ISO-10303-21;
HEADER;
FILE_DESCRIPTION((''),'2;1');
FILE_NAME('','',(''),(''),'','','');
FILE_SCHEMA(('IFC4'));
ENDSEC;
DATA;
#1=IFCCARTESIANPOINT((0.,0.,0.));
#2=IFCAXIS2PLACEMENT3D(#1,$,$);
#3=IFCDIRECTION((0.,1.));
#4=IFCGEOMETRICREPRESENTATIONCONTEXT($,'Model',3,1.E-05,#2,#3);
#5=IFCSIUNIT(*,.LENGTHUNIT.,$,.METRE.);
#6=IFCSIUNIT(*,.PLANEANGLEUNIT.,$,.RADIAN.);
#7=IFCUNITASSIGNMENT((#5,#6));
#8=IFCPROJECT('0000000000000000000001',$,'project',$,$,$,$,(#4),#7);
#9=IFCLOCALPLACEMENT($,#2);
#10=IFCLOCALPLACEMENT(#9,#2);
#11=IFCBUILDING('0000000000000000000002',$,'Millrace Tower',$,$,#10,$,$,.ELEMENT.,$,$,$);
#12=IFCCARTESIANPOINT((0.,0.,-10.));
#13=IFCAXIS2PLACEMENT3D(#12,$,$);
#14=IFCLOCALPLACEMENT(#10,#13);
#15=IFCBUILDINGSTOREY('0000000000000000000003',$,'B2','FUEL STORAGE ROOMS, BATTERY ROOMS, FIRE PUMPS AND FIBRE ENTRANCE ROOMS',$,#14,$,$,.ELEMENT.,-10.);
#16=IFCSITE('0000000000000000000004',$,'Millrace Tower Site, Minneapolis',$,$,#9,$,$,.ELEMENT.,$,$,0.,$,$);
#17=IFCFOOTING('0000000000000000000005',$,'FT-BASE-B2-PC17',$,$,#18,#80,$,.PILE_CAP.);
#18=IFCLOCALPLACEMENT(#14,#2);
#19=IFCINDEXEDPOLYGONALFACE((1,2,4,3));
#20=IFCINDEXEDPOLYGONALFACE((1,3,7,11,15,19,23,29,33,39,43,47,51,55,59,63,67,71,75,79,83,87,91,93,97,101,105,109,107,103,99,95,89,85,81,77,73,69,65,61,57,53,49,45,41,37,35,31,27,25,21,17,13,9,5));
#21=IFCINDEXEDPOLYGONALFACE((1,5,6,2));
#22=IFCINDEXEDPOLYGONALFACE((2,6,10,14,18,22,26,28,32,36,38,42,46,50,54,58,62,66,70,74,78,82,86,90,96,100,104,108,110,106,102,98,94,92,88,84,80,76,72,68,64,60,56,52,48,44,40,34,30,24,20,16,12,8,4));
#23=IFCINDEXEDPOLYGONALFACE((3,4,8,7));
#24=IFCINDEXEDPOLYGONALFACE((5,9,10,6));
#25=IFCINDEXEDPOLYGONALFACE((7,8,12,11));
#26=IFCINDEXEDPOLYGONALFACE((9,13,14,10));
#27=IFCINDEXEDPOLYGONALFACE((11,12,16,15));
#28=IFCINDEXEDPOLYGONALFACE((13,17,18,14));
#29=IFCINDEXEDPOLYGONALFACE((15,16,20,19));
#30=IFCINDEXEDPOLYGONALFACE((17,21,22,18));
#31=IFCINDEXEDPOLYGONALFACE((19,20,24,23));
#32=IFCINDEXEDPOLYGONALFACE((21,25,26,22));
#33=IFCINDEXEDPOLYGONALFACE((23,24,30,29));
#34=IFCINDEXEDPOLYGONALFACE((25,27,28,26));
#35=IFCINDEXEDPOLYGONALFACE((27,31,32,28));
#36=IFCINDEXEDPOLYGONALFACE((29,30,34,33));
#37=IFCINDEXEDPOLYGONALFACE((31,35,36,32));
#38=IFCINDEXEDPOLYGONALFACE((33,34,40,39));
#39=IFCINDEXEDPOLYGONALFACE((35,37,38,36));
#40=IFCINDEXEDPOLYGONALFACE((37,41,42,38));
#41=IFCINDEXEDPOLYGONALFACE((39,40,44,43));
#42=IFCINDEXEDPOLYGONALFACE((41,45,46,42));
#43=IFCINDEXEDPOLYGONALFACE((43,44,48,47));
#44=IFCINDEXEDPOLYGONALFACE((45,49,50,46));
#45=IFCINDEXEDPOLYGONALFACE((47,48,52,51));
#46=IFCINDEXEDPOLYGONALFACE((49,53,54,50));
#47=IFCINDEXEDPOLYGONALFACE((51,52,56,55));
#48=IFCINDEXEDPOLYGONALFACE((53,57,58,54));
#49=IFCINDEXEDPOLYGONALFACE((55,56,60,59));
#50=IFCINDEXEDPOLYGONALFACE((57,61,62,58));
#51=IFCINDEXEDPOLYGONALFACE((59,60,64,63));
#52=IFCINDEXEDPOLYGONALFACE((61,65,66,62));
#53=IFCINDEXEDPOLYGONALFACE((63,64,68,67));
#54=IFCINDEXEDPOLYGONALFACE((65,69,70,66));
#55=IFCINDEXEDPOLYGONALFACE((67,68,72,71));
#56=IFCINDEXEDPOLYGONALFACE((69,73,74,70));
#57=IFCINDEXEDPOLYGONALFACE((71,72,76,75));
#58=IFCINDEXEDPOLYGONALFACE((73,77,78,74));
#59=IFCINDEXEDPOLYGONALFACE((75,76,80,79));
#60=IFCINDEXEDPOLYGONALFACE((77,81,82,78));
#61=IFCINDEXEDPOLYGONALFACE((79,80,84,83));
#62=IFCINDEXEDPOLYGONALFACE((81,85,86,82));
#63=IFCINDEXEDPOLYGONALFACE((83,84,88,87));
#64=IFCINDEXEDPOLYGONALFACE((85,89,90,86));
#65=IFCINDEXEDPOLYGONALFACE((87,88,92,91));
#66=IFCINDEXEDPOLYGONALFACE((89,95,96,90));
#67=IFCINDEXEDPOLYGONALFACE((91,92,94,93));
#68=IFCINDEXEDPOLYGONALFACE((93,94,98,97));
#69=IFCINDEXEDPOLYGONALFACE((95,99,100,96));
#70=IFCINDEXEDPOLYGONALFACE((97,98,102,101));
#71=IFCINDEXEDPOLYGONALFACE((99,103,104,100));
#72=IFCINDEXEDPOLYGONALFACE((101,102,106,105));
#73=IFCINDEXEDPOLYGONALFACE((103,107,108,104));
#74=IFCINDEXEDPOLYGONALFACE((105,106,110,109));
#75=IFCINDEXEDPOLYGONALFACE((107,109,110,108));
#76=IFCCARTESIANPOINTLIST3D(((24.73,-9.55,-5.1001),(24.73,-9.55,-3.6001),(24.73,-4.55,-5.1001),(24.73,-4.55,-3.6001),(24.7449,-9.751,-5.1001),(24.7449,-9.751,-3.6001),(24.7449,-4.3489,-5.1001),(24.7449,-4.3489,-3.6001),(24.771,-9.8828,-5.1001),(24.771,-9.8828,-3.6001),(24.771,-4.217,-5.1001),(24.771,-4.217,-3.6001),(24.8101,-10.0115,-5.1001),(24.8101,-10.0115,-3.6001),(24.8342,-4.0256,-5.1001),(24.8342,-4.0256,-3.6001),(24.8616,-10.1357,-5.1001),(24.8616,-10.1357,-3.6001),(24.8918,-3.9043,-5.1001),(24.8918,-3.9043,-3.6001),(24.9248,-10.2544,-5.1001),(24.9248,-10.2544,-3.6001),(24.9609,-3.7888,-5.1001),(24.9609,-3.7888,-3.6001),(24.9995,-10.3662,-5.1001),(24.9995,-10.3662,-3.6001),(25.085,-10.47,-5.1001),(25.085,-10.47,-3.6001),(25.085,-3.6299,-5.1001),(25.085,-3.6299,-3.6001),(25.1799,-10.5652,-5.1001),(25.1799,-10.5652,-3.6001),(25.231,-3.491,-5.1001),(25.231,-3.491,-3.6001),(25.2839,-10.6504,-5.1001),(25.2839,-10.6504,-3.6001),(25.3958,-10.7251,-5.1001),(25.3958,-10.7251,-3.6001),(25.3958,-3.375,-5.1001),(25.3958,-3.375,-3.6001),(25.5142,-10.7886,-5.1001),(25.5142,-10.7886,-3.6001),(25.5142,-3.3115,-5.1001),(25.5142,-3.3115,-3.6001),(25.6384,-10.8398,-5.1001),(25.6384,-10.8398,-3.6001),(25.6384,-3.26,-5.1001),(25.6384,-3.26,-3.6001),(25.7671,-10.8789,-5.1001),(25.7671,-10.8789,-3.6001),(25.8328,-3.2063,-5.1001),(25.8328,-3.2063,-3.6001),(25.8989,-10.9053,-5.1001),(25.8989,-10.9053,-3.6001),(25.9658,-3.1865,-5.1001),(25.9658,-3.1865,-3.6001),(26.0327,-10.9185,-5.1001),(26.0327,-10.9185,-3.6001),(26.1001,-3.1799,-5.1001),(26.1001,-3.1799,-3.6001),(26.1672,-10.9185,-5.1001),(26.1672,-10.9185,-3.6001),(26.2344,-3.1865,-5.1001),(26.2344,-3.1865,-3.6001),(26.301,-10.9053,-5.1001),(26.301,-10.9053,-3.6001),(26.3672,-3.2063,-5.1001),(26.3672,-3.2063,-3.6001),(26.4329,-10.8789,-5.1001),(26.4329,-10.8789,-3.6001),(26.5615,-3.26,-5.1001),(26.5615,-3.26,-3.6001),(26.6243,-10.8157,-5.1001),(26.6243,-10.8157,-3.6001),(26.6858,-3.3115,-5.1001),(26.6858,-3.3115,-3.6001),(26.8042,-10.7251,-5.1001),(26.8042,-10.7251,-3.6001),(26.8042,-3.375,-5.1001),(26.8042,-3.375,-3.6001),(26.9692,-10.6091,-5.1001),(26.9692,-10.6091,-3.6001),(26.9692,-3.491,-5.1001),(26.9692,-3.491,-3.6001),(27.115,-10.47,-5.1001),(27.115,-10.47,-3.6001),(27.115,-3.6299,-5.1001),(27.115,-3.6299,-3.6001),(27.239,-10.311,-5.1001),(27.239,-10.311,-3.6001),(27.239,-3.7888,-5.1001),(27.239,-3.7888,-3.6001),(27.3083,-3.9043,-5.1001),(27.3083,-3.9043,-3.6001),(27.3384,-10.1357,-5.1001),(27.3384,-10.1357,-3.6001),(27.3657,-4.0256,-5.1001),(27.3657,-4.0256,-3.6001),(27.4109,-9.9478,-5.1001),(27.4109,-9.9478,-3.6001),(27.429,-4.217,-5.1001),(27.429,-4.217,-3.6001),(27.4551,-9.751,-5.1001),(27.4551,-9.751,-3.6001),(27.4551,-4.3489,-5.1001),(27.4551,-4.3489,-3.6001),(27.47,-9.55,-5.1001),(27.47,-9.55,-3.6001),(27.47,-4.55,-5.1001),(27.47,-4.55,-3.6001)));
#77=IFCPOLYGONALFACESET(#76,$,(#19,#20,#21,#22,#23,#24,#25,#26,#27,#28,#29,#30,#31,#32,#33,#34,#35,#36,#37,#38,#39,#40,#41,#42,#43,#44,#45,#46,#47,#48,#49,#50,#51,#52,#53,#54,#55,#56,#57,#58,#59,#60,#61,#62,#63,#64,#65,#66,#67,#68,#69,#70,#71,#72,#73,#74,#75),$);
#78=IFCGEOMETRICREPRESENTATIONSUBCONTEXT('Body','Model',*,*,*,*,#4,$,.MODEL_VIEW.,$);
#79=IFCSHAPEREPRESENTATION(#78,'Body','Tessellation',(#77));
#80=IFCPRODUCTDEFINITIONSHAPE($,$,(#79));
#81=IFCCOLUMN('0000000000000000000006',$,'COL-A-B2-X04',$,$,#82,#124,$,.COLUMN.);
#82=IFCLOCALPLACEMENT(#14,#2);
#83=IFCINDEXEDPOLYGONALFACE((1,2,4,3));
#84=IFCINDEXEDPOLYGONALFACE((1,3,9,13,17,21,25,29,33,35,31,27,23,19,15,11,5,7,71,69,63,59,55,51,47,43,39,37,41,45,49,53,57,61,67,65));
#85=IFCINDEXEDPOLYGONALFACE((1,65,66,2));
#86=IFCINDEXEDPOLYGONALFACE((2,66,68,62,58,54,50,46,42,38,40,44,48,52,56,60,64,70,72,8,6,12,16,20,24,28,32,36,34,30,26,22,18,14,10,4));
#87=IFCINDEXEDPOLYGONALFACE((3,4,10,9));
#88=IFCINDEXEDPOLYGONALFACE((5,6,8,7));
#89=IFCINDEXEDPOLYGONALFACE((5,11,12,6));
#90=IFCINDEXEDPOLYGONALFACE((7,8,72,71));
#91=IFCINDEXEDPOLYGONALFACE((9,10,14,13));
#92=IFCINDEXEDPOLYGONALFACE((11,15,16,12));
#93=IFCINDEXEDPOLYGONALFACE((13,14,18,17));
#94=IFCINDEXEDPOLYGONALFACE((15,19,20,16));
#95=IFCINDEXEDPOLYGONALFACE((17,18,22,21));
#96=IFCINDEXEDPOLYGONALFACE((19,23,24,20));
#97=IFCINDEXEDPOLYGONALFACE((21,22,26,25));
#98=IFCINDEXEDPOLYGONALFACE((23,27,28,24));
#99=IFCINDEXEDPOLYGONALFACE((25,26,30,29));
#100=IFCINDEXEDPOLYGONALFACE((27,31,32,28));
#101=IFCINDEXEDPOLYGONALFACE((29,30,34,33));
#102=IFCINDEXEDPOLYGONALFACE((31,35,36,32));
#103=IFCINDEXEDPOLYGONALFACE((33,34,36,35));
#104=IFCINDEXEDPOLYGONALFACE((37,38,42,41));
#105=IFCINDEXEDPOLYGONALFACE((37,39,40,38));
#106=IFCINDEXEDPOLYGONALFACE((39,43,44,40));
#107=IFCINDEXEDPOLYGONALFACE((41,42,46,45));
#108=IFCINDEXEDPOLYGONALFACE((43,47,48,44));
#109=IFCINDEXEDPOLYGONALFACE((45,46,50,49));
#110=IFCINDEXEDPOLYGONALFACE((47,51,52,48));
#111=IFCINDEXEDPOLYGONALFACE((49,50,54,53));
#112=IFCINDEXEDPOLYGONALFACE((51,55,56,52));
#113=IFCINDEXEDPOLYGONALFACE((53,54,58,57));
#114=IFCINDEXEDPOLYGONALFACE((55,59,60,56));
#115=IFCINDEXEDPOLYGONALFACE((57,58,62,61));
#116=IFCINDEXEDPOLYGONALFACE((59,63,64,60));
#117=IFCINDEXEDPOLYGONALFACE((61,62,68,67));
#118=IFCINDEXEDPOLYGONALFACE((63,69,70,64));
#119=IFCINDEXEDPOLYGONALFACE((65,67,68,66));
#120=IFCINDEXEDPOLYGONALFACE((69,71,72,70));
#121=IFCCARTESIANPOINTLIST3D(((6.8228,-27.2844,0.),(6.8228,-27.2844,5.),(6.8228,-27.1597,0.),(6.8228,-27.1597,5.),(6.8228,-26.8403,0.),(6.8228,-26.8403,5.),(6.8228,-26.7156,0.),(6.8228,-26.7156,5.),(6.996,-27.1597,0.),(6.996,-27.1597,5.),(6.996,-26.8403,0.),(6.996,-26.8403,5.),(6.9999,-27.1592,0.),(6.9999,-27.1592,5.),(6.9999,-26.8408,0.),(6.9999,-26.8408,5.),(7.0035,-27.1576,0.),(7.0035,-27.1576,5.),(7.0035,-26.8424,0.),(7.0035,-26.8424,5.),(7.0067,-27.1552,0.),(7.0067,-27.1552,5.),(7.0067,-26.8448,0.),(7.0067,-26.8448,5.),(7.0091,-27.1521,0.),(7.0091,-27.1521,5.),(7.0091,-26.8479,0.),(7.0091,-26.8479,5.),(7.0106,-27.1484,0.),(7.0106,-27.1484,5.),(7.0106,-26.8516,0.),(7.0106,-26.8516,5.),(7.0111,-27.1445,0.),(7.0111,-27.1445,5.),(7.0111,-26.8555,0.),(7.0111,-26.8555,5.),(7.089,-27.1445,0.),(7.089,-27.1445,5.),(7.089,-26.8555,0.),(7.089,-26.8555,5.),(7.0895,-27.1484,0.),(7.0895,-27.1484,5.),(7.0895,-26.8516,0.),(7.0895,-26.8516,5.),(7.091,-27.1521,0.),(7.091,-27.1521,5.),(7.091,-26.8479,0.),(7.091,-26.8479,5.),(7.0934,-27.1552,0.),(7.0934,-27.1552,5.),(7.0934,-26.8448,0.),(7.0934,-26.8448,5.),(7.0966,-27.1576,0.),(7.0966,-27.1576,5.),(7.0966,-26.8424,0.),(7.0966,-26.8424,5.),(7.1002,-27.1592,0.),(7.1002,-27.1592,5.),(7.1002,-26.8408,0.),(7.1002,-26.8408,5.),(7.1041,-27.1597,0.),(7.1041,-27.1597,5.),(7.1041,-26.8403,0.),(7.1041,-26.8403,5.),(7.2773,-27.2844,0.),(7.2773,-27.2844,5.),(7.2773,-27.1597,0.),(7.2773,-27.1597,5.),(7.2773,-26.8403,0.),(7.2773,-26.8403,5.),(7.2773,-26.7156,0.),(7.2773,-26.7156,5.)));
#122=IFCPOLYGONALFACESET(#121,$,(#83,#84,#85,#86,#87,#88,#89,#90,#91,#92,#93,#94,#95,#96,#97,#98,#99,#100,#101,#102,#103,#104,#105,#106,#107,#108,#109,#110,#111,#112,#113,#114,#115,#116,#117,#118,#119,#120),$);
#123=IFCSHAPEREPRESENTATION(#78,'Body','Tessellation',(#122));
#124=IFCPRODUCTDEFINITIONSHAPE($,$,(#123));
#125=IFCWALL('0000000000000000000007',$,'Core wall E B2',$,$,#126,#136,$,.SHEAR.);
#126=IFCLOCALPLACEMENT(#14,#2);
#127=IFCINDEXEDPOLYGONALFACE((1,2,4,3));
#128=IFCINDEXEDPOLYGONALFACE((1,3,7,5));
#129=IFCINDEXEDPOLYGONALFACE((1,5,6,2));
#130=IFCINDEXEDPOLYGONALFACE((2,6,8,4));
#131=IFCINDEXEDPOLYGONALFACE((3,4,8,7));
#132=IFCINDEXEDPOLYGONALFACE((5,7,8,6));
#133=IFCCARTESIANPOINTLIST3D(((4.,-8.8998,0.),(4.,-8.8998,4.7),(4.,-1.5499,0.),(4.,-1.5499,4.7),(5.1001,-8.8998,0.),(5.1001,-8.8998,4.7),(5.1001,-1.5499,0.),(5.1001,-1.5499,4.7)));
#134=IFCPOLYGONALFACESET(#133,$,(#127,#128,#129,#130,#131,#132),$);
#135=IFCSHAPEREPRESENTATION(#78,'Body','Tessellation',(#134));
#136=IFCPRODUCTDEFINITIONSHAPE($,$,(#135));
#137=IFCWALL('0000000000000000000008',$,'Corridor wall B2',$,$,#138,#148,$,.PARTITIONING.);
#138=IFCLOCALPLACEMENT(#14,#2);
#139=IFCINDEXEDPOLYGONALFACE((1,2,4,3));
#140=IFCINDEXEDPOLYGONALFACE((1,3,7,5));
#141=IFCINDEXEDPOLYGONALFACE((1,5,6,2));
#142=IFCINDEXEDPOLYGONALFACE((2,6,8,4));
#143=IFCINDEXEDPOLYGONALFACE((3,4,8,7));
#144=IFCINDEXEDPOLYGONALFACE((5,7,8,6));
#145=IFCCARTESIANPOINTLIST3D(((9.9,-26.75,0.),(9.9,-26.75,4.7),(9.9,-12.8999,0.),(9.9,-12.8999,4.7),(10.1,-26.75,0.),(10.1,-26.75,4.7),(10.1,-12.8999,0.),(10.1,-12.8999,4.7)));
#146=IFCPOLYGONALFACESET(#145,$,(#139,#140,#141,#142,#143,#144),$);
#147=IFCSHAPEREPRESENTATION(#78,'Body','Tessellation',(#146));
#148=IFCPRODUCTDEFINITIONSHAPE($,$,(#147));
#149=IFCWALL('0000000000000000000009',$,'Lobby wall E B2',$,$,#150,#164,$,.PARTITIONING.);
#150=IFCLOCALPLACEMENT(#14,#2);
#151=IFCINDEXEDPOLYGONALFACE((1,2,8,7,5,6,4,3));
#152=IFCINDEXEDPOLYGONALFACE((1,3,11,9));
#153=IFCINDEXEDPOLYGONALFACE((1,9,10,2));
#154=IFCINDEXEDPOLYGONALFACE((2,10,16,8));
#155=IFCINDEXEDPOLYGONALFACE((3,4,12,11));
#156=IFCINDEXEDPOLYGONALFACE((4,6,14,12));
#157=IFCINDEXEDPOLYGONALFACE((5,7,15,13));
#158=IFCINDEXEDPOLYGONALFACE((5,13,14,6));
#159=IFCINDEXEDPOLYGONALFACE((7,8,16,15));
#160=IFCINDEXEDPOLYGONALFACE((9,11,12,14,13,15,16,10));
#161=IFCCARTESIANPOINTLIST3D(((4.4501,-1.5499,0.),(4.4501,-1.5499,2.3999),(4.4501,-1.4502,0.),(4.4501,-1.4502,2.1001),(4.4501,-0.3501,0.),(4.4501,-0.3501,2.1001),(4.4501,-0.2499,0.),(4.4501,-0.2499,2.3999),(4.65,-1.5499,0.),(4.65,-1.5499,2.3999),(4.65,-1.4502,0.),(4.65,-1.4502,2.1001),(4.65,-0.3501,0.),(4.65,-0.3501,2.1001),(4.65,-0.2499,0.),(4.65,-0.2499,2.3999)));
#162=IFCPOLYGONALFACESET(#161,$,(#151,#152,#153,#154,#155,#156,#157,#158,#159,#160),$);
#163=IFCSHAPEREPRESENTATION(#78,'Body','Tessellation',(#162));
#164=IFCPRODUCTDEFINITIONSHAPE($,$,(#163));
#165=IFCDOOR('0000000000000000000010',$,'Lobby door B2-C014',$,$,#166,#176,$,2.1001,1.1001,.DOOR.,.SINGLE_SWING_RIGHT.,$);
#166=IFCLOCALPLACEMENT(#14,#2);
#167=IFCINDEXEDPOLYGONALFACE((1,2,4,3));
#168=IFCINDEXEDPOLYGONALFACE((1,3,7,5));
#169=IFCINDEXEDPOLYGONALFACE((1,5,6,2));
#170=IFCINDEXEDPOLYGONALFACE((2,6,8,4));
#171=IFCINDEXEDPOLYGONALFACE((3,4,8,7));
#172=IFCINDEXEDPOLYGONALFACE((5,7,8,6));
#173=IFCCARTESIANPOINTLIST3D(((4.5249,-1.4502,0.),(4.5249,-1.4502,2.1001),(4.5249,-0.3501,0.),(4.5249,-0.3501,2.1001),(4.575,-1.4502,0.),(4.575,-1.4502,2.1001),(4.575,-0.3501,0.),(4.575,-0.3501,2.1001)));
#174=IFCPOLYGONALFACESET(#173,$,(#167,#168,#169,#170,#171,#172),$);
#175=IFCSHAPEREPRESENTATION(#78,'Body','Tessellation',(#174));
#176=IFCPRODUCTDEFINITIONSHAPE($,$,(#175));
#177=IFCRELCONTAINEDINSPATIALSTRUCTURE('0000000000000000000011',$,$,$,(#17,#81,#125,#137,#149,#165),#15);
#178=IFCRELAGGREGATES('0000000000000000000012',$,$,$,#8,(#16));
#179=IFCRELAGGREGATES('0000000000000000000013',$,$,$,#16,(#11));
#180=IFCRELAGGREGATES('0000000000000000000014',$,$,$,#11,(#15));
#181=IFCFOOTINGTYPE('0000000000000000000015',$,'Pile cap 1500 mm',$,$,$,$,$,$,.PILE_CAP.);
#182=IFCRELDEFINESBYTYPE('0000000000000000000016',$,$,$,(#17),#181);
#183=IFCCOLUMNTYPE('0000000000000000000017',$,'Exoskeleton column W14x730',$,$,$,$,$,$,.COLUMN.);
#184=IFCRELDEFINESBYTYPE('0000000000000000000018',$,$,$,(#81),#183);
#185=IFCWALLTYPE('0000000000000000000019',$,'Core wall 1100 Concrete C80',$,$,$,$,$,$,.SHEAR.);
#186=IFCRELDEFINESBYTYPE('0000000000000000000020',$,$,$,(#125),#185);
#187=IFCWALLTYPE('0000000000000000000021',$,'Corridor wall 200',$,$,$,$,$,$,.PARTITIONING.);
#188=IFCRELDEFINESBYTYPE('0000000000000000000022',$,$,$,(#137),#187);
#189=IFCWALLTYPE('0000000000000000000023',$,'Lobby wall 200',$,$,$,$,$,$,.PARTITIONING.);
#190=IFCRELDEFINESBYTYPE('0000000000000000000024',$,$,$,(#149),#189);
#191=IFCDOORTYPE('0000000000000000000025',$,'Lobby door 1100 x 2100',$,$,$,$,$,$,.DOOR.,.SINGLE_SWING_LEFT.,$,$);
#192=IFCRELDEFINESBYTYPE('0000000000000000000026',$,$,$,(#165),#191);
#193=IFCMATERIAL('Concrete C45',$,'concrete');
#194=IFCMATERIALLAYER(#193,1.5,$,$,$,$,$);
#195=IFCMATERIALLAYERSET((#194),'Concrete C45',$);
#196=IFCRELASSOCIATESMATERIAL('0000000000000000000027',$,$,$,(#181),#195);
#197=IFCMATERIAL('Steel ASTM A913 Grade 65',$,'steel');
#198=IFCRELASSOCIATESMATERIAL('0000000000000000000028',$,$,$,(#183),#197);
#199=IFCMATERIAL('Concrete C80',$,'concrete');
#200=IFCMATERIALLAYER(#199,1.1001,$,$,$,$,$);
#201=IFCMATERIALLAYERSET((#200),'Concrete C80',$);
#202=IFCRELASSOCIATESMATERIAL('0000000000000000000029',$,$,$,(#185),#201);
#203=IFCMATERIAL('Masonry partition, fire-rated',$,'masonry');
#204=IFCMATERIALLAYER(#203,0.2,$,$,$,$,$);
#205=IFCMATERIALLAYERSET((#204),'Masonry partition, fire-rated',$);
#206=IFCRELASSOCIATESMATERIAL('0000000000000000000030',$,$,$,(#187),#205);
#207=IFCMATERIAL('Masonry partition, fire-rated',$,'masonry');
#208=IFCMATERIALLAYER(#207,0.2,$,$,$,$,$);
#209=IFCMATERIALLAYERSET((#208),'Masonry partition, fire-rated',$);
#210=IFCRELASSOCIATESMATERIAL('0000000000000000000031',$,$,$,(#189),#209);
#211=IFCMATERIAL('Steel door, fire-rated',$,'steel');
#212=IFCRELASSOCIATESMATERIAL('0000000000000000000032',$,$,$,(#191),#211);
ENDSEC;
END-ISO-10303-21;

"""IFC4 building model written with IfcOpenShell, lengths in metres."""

from ifc_helpers import new_model, si_unit, direction, frame, frame_2d, origin, origin_2d, place, context, subcontext, project, spatial, polyline, rectangle, i_section, outline, extrude, material, layer, layer_set, material_profile, profile_set, type_object, element, fill, save


model = new_model("IFC4")

# Units and contexts
model_context = context("Model", 3, precision=1e-05, world=origin(), true_north=direction((0.0, 1.0)))
body_context = subcontext(model_context, "Body", "Model", "MODEL_VIEW")
ifc_project = project(units=[si_unit("LENGTHUNIT", "METRE"), si_unit("PLANEANGLEUNIT", "RADIAN")], contexts=[model_context])

# Site, building, storey
site_placement = place(None, origin())
site = spatial("IfcSite", under=ifc_project, at=site_placement, Name="Millrace Tower Site, Minneapolis", CompositionType="ELEMENT", RefElevation=0.0)
building_placement = place(site_placement, origin())
building = spatial("IfcBuilding", under=site, at=building_placement, Name="Millrace Tower", CompositionType="ELEMENT")
storey_placement = place(building_placement, frame((0.0, 0.0, -10.0)))
storey = spatial("IfcBuildingStorey", under=building, at=storey_placement, Name="B2", Description="FUEL STORAGE ROOMS, BATTERY ROOMS, FIRE PUMPS AND FIBRE ENTRANCE ROOMS", CompositionType="ELEMENT", Elevation=-10.0)

# Footing
ifc_material_1 = material(Name="Concrete C45", Category="concrete")
ifc_layer_1 = layer(ifc_material_1, 1.5)
ifc_layer_set_1 = layer_set([ifc_layer_1], Name="Concrete C45")
footing_type = type_object("IfcFootingType", Name="Pile cap 1500 mm", PredefinedType="PILE_CAP", material=ifc_layer_set_1)
placement_1 = place(storey_placement, frame((0.0, 0.0, -5.1001)))
element("IfcFooting", 1, at=placement_1, inside=storey, type_object=footing_type, Name="FT-BASE-B2-PC17", PredefinedType="PILE_CAP", context=body_context, shape_type="SweptSolid", body=[
    extrude(outline(polyline([(24.771, -4.217), (24.8342, -4.0256), (24.8918, -3.9043), (24.9609, -3.7888), (25.085, -3.6299), (25.231, -3.491), (25.3958, -3.375), (25.5142, -3.3115), (25.6384, -3.26), (25.8328, -3.2063), (25.9658, -3.1865), (26.1001, -3.1799), (26.2344, -3.1865), (26.3672, -3.2063), (26.5615, -3.26), (26.6858, -3.3115), (26.8042, -3.375), (26.9692, -3.491), (27.115, -3.6299), (27.239, -3.7888), (27.3083, -3.9043), (27.3657, -4.0256), (27.429, -4.217), (27.4551, -4.3489), (27.47, -4.55), (27.47, -9.55), (27.4551, -9.751), (27.4109, -9.9478), (27.3384, -10.1357), (27.239, -10.311), (27.115, -10.47), (26.9692, -10.6091), (26.8042, -10.7251), (26.6243, -10.8157), (26.4329, -10.8789), (26.301, -10.9053), (26.1672, -10.9185), (26.0327, -10.9185), (25.8989, -10.9053), (25.7671, -10.8789), (25.6384, -10.8398), (25.5142, -10.7886), (25.3958, -10.7251), (25.2839, -10.6504), (25.1799, -10.5652), (25.085, -10.47), (24.9995, -10.3662), (24.9248, -10.2544), (24.8616, -10.1357), (24.8101, -10.0115), (24.771, -9.8828), (24.7449, -9.751), (24.73, -9.55), (24.73, -4.55), (24.7449, -4.3489), (24.771, -4.217)])), origin(), (0.0, 0.0, 1.0), 1.5),
])

# Column
ifc_material_2 = material(Name="Steel ASTM A913 Grade 65", Category="steel")
ifc_material_profile_1 = material_profile(ifc_material_2, i_section(OverallWidth=0.4546, OverallDepth=0.5688, WebThickness=0.0779, FlangeThickness=0.1248, FilletRadius=0.0151, at=origin_2d()))
ifc_profile_set_1 = profile_set([ifc_material_profile_1], Name="Steel ASTM A913 Grade 65")
column_type = type_object("IfcColumnType", Name="Exoskeleton column W14x730", PredefinedType="COLUMN", material=ifc_profile_set_1)
placement_2 = place(storey_placement, frame((7.05, -27.0, 0.0), z_axis=(0.0, 0.0, 1.0), x_axis=(1.0, 0.0, 0.0)))
element("IfcColumn", 2, at=placement_2, inside=storey, type_object=column_type, Name="COL-A-B2-X04", PredefinedType="COLUMN", context=body_context, shape_type="SweptSolid", body=[
    extrude(i_section(OverallWidth=0.4546, OverallDepth=0.5688, WebThickness=0.0779, FlangeThickness=0.1248, FilletRadius=0.0151, at=origin_2d()), origin(), (0.0, 0.0, 1.0), 5.0),
])

# Walls
ifc_material_3 = material(Name="Concrete C80", Category="concrete")
ifc_layer_2 = layer(ifc_material_3, 1.1001)
ifc_layer_set_2 = layer_set([ifc_layer_2], Name="Concrete C80")
wall_type_1 = type_object("IfcWallType", Name="Core wall 1100 Concrete C80", PredefinedType="SHEAR", material=ifc_layer_set_2)
wall_1_placement = place(storey_placement, frame((4.55, -1.55, 0.0), z_axis=(0.0, 0.0, 1.0), x_axis=(0.0, -1.0, 0.0)))
element("IfcWall", 3, at=wall_1_placement, inside=storey, type_object=wall_type_1, Name="Core wall E B2", PredefinedType="SHEAR", context=body_context, shape_type="SweptSolid", body=[
    extrude(rectangle(XDim=7.3499, YDim=1.1001, at=frame_2d((3.6748, 0.0))), origin(), (0.0, 0.0, 1.0), 4.7),
])
ifc_material_4 = material(Name="Masonry partition, fire-rated", Category="masonry")
ifc_layer_3 = layer(ifc_material_4, 0.2)
ifc_layer_set_3 = layer_set([ifc_layer_3], Name="Masonry partition, fire-rated")
wall_type_2 = type_object("IfcWallType", Name="Corridor wall 200", PredefinedType="PARTITIONING", material=ifc_layer_set_3)
wall_2_placement = place(storey_placement, frame((10.0, -26.75, 0.0), z_axis=(0.0, 0.0, 1.0), x_axis=(0.0, 1.0, 0.0)))
element("IfcWall", 4, at=wall_2_placement, inside=storey, type_object=wall_type_2, Name="Corridor wall B2", PredefinedType="PARTITIONING", context=body_context, shape_type="SweptSolid", body=[
    extrude(rectangle(XDim=13.8501, YDim=0.2, at=frame_2d((6.925, 0.0))), origin(), (0.0, 0.0, 1.0), 4.7),
])

# Wall, opening, door
ifc_material_5 = material(Name="Masonry partition, fire-rated", Category="masonry")
ifc_layer_4 = layer(ifc_material_5, 0.2)
ifc_layer_set_4 = layer_set([ifc_layer_4], Name="Masonry partition, fire-rated")
wall_type_3 = type_object("IfcWallType", Name="Lobby wall 200", PredefinedType="PARTITIONING", material=ifc_layer_set_4)
wall_3_placement = place(storey_placement, frame((4.55, -0.25, 0.0), z_axis=(0.0, 0.0, 1.0), x_axis=(0.0, -1.0, 0.0)))
wall_3 = element("IfcWall", 5, at=wall_3_placement, inside=storey, type_object=wall_type_3, Name="Lobby wall E B2", PredefinedType="PARTITIONING", context=body_context, shape_type="SweptSolid", body=[
    extrude(rectangle(XDim=1.3, YDim=0.2, at=frame_2d((0.6499, 0.0))), origin(), (0.0, 0.0, 1.0), 2.3999),
])
opening_placement = place(wall_3_placement, frame((0.1001, 0.0, 0.0)))
opening = element("IfcOpeningElement", 6, at=opening_placement, cuts=wall_3, PredefinedType="OPENING", context=body_context, shape_type="SweptSolid", body=[
    extrude(rectangle(XDim=1.1001, YDim=2.1001, at=frame_2d((0.55, 1.05))), frame((0.0, 0.1099, 0.0), z_axis=(0.0, -1.0, 0.0), x_axis=(1.0, 0.0, 0.0)), (0.0, 0.0, 1.0), 0.22),
])
ifc_material_6 = material(Name="Steel door, fire-rated", Category="steel")
door_type = type_object("IfcDoorType", Name="Lobby door 1100 x 2100", OperationType="SINGLE_SWING_LEFT", PredefinedType="DOOR", material=ifc_material_6)
door_placement = place(opening_placement, origin())
door = element("IfcDoor", 7, at=door_placement, inside=storey, type_object=door_type, Name="Lobby door B2-C014", OperationType="SINGLE_SWING_RIGHT", OverallHeight=2.1001, OverallWidth=1.1001, PredefinedType="DOOR", context=body_context, shape_type="SweptSolid", body=[
    extrude(rectangle(XDim=1.1001, YDim=2.1001, at=frame_2d((0.55, 1.05))), frame((0.0, 0.0249, 0.0), z_axis=(0.0, -1.0, 0.0), x_axis=(1.0, 0.0, 0.0)), (0.0, 0.0, 1.0), 0.05),
])
fill(opening, door)

save(model, "model.ifc")
